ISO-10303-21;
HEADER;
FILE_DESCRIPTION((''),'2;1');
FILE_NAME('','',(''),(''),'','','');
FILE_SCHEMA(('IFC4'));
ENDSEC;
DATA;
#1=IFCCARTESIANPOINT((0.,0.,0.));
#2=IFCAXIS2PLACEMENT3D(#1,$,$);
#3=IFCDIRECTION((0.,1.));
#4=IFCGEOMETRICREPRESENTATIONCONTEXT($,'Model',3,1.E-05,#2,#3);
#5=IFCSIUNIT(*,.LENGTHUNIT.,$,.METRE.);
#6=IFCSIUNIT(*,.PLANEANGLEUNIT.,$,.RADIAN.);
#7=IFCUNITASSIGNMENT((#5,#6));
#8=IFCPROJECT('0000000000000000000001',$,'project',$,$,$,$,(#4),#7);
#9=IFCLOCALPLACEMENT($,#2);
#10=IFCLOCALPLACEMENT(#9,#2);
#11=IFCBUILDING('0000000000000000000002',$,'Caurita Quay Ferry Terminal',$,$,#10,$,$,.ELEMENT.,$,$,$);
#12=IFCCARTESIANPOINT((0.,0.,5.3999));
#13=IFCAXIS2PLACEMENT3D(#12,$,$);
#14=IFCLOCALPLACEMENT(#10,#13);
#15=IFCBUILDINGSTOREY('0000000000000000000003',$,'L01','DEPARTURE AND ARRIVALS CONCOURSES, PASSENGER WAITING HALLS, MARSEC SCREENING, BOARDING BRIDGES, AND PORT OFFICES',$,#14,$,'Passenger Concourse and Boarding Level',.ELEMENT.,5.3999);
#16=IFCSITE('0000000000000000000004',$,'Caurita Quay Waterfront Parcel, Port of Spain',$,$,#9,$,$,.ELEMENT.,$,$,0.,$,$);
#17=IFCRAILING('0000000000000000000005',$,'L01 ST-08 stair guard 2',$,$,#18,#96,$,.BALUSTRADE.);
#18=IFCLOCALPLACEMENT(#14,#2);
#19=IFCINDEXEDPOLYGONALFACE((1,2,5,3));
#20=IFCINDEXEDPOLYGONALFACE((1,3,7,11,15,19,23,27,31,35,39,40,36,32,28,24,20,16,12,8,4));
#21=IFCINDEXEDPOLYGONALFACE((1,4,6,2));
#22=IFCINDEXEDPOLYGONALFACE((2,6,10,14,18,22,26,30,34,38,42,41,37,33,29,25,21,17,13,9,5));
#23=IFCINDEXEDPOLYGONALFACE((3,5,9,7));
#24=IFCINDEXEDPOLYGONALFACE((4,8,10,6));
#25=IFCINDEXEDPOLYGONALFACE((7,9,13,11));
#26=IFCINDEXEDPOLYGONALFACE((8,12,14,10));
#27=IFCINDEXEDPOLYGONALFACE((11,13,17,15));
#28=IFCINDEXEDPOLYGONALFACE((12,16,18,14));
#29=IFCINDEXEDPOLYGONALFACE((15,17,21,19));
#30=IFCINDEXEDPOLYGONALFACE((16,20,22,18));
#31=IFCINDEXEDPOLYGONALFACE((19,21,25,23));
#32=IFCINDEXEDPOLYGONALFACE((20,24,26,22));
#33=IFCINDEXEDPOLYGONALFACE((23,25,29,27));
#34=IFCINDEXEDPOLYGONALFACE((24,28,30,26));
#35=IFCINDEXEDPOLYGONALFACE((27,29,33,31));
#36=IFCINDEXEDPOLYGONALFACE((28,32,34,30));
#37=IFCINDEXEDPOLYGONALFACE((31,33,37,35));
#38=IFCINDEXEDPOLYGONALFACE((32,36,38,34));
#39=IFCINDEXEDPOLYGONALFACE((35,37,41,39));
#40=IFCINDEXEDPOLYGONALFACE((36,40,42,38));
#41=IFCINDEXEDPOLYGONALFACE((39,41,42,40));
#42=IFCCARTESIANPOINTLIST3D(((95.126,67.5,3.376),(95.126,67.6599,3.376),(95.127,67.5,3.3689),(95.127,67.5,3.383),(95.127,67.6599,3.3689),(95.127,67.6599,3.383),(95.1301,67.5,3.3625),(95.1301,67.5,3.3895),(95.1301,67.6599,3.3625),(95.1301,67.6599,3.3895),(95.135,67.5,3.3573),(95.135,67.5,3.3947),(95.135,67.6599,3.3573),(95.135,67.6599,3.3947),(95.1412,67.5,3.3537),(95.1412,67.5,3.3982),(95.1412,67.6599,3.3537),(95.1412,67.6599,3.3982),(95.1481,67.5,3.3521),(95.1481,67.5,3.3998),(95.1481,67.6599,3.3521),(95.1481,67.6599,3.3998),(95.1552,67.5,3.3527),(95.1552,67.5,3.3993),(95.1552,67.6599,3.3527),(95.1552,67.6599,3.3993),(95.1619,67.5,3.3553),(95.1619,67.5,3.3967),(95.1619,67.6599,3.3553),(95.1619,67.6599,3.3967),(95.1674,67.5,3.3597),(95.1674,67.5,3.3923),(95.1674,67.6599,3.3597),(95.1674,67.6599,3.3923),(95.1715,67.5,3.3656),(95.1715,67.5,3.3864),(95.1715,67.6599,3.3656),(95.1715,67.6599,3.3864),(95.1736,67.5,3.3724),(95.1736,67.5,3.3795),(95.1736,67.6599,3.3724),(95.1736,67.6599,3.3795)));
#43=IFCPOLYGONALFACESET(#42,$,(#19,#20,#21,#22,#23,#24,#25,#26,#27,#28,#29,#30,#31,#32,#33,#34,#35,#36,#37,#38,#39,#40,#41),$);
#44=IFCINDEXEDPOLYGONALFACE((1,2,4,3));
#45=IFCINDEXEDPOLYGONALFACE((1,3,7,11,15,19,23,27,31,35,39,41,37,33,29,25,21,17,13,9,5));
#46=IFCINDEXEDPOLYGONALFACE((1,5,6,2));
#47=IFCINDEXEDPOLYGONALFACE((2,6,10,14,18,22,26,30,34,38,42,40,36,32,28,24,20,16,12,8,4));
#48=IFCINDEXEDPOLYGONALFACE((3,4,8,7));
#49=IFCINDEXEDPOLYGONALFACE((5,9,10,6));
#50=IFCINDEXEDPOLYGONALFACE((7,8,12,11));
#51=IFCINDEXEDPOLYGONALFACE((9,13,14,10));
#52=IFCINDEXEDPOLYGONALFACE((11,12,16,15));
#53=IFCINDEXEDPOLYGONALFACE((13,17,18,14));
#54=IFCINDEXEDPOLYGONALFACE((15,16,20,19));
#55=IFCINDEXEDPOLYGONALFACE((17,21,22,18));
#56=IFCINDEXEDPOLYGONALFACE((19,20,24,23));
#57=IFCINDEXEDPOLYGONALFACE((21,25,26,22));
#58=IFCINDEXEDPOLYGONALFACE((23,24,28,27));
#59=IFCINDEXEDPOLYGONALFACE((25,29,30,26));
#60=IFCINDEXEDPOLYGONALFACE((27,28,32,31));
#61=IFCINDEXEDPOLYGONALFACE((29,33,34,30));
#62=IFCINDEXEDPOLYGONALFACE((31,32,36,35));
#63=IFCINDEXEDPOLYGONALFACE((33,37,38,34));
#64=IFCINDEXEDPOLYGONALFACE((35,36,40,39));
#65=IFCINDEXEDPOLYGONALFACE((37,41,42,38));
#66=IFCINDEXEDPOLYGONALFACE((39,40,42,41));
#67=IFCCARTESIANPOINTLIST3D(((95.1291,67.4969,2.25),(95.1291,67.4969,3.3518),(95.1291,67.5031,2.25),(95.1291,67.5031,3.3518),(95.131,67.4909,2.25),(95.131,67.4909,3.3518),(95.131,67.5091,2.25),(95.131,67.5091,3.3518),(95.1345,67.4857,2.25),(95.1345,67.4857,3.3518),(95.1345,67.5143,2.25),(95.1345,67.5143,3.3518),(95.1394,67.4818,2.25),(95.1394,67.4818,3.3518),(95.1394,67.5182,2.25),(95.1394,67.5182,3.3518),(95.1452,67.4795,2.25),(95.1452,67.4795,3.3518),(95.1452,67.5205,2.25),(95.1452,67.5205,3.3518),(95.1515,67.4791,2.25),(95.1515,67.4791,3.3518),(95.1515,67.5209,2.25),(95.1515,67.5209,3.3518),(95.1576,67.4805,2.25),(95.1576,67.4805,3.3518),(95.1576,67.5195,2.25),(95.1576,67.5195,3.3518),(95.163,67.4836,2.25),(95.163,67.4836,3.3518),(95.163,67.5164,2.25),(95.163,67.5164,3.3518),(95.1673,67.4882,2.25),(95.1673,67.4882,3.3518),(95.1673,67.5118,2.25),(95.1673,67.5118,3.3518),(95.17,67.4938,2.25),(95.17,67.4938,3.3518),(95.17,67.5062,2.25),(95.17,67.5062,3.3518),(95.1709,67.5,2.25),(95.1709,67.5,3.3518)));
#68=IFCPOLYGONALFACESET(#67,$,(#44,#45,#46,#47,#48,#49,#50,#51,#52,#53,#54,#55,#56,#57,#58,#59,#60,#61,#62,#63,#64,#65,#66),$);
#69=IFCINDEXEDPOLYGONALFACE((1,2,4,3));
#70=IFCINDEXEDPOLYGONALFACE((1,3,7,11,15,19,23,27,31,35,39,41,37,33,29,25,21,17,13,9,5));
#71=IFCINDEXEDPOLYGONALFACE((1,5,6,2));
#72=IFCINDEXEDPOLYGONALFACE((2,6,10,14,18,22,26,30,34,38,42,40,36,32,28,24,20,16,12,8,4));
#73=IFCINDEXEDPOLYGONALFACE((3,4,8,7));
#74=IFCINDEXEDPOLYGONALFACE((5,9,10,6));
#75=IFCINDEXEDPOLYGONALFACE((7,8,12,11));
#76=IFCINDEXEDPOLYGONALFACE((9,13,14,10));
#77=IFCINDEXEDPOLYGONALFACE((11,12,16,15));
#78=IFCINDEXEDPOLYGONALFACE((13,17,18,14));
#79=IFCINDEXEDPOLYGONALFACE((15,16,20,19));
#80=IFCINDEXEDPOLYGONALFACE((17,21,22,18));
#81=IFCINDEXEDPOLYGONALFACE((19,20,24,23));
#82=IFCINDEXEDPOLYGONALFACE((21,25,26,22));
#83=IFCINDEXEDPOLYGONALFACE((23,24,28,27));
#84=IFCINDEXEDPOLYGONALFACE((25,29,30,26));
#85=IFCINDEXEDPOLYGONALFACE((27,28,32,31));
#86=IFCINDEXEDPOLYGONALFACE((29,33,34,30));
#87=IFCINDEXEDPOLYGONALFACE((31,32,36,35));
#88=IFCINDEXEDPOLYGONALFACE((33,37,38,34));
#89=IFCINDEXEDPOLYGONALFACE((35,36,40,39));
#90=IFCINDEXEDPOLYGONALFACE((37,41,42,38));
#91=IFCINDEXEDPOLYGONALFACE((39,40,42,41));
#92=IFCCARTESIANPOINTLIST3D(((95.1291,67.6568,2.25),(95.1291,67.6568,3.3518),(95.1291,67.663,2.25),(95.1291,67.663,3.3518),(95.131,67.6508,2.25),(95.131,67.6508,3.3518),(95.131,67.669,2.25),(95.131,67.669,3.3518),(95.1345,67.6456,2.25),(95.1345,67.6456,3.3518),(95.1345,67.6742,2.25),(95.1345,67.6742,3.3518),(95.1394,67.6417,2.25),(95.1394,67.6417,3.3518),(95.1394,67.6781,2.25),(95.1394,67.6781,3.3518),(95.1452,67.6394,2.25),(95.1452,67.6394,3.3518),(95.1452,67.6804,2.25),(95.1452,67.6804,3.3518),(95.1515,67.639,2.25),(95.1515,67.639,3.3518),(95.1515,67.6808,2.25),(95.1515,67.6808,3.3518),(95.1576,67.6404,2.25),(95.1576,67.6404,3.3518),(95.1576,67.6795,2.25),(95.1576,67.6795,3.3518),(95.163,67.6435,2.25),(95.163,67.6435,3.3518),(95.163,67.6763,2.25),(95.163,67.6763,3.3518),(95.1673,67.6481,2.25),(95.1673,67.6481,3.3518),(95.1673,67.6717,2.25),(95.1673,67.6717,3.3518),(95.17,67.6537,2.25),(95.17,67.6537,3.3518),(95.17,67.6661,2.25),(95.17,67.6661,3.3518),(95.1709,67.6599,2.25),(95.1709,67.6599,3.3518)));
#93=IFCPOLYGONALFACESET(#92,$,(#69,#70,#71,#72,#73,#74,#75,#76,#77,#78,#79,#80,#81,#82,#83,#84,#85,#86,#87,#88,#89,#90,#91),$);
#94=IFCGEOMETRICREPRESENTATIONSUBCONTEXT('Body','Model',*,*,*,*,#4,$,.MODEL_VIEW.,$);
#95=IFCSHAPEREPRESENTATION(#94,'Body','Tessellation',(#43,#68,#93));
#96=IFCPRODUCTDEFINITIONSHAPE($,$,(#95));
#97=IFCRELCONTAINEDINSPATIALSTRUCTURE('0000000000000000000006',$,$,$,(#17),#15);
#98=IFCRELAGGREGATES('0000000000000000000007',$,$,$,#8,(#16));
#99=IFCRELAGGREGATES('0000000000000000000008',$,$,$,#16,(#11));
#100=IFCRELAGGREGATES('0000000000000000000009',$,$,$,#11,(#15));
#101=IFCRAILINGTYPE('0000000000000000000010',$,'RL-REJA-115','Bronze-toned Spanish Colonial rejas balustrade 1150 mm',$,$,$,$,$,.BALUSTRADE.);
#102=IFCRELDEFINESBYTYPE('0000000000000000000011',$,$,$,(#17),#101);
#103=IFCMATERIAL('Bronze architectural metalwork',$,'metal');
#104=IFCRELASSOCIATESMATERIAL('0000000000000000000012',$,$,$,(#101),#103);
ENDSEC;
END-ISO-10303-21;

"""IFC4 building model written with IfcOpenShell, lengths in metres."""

from ifc_helpers import new_model, si_unit, direction, frame, origin, origin_2d, place, context, subcontext, project, spatial, circle, extrude, material, type_object, element, save


model = new_model("IFC4")

# Units and contexts
model_context = context("Model", 3, precision=1e-05, world=origin(), true_north=direction((0.0, 1.0)))
body_context = subcontext(model_context, "Body", "Model", "MODEL_VIEW")
ifc_project = project(units=[si_unit("LENGTHUNIT", "METRE"), si_unit("PLANEANGLEUNIT", "RADIAN")], contexts=[model_context])

# Site, building, storey
site_placement = place(None, origin())
site = spatial("IfcSite", under=ifc_project, at=site_placement, Name="Caurita Quay Waterfront Parcel, Port of Spain", CompositionType="ELEMENT", RefElevation=0.0)
building_placement = place(site_placement, origin())
building = spatial("IfcBuilding", under=site, at=building_placement, Name="Caurita Quay Ferry Terminal", CompositionType="ELEMENT")
storey_placement = place(building_placement, frame((0.0, 0.0, 5.3999)))
storey = spatial("IfcBuildingStorey", under=building, at=storey_placement, Name="L01", Description="DEPARTURE AND ARRIVALS CONCOURSES, PASSENGER WAITING HALLS, MARSEC SCREENING, BOARDING BRIDGES, AND PORT OFFICES", LongName="Passenger Concourse and Boarding Level", CompositionType="ELEMENT", Elevation=5.3999)

# Shared definitions
ifc_material_1 = material(Name="Bronze architectural metalwork", Category="metal")

# Railing
railing_type = type_object("IfcRailingType", Name="RL-REJA-115", Description="Bronze-toned Spanish Colonial rejas balustrade 1150 mm", PredefinedType="BALUSTRADE", material=ifc_material_1)
railing_1_placement = place(storey_placement, frame((95.1499, 67.5, 2.25)))
element("IfcRailing", 1, at=railing_1_placement, inside=storey, type_object=railing_type, Name="L01 ST-08 stair guard 2", PredefinedType="BALUSTRADE", context=body_context, shape_type="SweptSolid", body=[
    extrude(circle(Radius=0.0239, at=origin_2d()), frame((0.0, 0.0, 1.126), z_axis=(0.0, 1.0, 0.0), x_axis=(-1.0, 0.0, 0.0)), (0.0, 0.0, 1.0), 0.1599),
    extrude(circle(Radius=0.021, at=origin_2d()), origin(), (0.0, 0.0, 1.0), 1.1018),
    extrude(circle(Radius=0.021, at=origin_2d()), frame((0.0, 0.1599, 0.0)), (0.0, 0.0, 1.0), 1.1018),
])

save(model, "model.ifc")
